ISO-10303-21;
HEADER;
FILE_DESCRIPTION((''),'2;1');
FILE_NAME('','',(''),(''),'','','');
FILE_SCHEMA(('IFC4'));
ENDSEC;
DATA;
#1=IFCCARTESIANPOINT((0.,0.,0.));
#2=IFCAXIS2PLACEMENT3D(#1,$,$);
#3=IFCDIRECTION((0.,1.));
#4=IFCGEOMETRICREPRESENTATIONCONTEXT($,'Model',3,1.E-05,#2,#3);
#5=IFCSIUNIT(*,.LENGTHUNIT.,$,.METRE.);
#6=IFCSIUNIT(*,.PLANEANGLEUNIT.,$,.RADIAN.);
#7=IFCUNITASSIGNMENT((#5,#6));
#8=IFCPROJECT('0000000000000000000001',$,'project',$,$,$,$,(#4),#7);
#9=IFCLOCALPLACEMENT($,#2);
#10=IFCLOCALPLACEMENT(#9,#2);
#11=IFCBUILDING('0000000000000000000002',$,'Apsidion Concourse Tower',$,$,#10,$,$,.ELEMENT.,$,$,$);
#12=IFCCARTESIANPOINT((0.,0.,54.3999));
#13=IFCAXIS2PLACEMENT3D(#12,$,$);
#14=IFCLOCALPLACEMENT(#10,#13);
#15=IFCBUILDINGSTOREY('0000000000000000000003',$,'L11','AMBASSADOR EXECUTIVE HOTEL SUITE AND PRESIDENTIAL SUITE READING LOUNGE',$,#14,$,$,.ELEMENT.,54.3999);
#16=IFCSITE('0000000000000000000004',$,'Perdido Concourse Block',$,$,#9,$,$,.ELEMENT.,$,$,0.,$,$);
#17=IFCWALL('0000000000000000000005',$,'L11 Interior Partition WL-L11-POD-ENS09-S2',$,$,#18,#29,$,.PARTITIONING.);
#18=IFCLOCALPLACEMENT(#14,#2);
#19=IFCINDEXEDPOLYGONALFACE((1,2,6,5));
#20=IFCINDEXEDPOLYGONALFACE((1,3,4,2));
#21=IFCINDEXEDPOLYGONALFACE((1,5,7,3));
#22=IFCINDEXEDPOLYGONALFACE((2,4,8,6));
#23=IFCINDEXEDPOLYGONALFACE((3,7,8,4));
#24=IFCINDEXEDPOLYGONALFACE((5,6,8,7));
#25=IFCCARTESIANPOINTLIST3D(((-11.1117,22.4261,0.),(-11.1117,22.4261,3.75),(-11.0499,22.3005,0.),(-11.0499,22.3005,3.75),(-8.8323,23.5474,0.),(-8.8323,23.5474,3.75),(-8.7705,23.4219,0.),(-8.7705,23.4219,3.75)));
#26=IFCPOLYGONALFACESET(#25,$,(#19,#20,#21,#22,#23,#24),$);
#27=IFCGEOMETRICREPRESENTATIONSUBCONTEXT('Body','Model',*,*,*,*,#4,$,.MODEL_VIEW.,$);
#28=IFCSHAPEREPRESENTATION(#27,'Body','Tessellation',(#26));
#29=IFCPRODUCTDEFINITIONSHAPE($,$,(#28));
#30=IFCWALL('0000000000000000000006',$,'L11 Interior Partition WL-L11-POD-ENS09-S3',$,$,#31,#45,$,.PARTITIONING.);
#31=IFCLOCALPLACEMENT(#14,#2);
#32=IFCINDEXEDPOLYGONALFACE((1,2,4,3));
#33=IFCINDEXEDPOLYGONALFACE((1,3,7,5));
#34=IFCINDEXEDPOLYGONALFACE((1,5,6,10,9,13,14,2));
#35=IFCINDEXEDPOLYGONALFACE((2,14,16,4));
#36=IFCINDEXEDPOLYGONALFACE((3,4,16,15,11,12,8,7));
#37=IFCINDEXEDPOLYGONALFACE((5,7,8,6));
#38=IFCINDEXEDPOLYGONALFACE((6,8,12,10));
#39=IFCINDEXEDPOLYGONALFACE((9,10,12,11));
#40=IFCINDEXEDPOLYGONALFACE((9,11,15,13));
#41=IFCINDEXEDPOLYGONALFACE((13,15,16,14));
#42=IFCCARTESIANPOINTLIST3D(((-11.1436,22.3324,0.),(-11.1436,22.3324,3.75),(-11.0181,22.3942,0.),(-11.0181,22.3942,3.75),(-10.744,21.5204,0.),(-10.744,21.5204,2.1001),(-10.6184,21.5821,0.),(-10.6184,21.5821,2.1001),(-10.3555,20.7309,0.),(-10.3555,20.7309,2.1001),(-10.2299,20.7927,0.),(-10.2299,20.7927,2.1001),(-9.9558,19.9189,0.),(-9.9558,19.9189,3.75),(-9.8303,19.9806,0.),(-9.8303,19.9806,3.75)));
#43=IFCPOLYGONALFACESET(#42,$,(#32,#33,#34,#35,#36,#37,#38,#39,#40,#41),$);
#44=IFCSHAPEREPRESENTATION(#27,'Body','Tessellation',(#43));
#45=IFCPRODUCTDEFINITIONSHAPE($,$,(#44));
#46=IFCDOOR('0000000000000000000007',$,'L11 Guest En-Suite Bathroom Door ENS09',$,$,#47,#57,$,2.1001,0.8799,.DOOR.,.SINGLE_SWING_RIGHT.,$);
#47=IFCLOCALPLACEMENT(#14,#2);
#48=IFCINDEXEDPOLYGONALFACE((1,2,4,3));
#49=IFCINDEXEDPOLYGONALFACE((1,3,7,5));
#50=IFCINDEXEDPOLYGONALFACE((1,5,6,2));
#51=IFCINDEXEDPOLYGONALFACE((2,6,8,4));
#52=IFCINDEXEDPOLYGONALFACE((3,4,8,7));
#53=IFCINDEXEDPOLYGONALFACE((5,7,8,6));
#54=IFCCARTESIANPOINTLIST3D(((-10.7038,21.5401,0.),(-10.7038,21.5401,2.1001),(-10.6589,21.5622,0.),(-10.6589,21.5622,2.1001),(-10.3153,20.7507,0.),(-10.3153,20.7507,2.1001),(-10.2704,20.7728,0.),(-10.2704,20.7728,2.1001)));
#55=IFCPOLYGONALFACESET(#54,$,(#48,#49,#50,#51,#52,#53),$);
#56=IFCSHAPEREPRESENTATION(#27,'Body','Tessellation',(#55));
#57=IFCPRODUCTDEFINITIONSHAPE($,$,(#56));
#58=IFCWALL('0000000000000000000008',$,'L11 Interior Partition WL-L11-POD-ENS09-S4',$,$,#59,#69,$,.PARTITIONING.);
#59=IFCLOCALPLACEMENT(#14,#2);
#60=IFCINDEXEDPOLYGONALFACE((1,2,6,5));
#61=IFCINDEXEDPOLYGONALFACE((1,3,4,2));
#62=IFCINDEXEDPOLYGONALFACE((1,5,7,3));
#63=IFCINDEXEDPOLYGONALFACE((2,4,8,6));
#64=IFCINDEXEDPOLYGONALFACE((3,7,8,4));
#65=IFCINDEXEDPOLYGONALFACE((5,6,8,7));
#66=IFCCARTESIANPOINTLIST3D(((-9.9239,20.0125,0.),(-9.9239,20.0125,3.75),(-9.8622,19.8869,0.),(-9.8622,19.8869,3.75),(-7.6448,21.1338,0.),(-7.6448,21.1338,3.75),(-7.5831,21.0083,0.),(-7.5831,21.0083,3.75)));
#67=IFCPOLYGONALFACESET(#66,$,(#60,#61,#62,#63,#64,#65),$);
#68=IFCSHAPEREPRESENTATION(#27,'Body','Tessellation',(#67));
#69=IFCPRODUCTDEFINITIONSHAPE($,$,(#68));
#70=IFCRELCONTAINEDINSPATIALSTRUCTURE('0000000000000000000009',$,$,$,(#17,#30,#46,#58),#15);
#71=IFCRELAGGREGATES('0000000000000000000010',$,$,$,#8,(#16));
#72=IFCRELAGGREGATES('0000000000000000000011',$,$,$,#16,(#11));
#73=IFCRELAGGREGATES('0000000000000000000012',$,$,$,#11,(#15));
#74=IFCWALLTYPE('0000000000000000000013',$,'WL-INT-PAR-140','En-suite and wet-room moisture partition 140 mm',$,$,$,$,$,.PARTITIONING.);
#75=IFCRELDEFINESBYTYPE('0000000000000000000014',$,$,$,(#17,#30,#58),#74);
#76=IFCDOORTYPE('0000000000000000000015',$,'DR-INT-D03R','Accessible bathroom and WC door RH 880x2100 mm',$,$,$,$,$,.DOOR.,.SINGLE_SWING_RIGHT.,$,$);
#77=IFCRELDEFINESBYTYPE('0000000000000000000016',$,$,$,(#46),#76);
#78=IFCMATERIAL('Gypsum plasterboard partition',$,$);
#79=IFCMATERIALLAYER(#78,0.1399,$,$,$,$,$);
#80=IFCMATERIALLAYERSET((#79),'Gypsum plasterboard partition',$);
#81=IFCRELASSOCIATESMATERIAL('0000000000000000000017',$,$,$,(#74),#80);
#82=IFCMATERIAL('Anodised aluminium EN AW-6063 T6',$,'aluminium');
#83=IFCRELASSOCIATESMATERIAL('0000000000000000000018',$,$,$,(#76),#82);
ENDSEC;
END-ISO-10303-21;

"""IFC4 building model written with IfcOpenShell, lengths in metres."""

from ifc_helpers import new_model, si_unit, direction, frame, frame_2d, origin, place, context, subcontext, project, spatial, rectangle, extrude, material, layer, layer_set, type_object, element, fill, save


model = new_model("IFC4")

# Units and contexts
model_context = context("Model", 3, precision=1e-05, world=origin(), true_north=direction((0.0, 1.0)))
body_context = subcontext(model_context, "Body", "Model", "MODEL_VIEW")
ifc_project = project(units=[si_unit("LENGTHUNIT", "METRE"), si_unit("PLANEANGLEUNIT", "RADIAN")], contexts=[model_context])

# Site, building, storey
site_placement = place(None, origin())
site = spatial("IfcSite", under=ifc_project, at=site_placement, Name="Perdido Concourse Block", CompositionType="ELEMENT", RefElevation=0.0)
building_placement = place(site_placement, origin())
building = spatial("IfcBuilding", under=site, at=building_placement, Name="Apsidion Concourse Tower", CompositionType="ELEMENT")
storey_placement = place(building_placement, frame((0.0, 0.0, 54.3999)))
storey = spatial("IfcBuildingStorey", under=building, at=storey_placement, Name="L11", Description="AMBASSADOR EXECUTIVE HOTEL SUITE AND PRESIDENTIAL SUITE READING LOUNGE", CompositionType="ELEMENT", Elevation=54.3999)

# Shared definitions
ifc_material_1 = material(Name="Gypsum plasterboard partition")
ifc_layer_1 = layer(ifc_material_1, 0.1399)
ifc_layer_set_1 = layer_set([ifc_layer_1], Name="Gypsum plasterboard partition")
wall_type_1 = type_object("IfcWallType", Name="WL-INT-PAR-140", Description="En-suite and wet-room moisture partition 140 mm", PredefinedType="PARTITIONING", material=ifc_layer_set_1)
ifc_material_2 = material(Name="Anodised aluminium EN AW-6063 T6", Category="aluminium")

# Wall
wall_1_placement = place(storey_placement, frame((-8.8015, 23.4846, 0.0), z_axis=(0.0, 0.0, 1.0), x_axis=(-0.897292, -0.441438, 0.0)))
element("IfcWall", 1, at=wall_1_placement, inside=storey, type_object=wall_type_1, Name="L11 Interior Partition WL-L11-POD-ENS09-S2", PredefinedType="PARTITIONING", context=body_context, shape_type="SweptSolid", body=[
    extrude(rectangle(XDim=2.5403, YDim=0.1399, at=frame_2d((1.27, 0.0))), origin(), (0.0, 0.0, 1.0), 3.75),
])

# Wall, opening, door
wall_2_placement = place(storey_placement, frame((-11.0808, 22.3633, 0.0), z_axis=(0.0, 0.0, 1.0), x_axis=(0.441541, -0.897241, 0.0)))
wall_2 = element("IfcWall", 2, at=wall_2_placement, inside=storey, type_object=wall_type_1, Name="L11 Interior Partition WL-L11-POD-ENS09-S3", PredefinedType="PARTITIONING", context=body_context, shape_type="SweptSolid", body=[
    extrude(rectangle(XDim=2.6899, YDim=0.1399, at=frame_2d((1.345, 0.0))), origin(), (0.0, 0.0, 1.0), 3.75),
])
opening_1_placement = place(wall_2_placement, frame((0.905, 0.0, 0.0)))
opening_1 = element("IfcOpeningElement", 3, at=opening_1_placement, cuts=wall_2, PredefinedType="OPENING", context=body_context, shape_type="SweptSolid", body=[
    extrude(rectangle(XDim=0.8799, YDim=2.1001, at=frame_2d((0.4399, 1.05))), frame((0.0, 0.0801, 0.0), z_axis=(0.0, -1.0, 0.0), x_axis=(1.0, 0.0, 0.0)), (0.0, 0.0, 1.0), 0.1599),
])
door_type_1 = type_object("IfcDoorType", Name="DR-INT-D03R", Description="Accessible bathroom and WC door RH 880x2100 mm", OperationType="SINGLE_SWING_RIGHT", PredefinedType="DOOR", material=ifc_material_2)
door_1_placement = place(opening_1_placement, origin())
door_1 = element("IfcDoor", 4, at=door_1_placement, inside=storey, type_object=door_type_1, Name="L11 Guest En-Suite Bathroom Door ENS09", OperationType="SINGLE_SWING_RIGHT", OverallHeight=2.1001, OverallWidth=0.8799, PredefinedType="DOOR", context=body_context, shape_type="SweptSolid", body=[
    extrude(rectangle(XDim=0.8799, YDim=2.1001, at=frame_2d((0.4399, 1.05))), frame((0.0, 0.0249, 0.0), z_axis=(0.0, -1.0, 0.0), x_axis=(1.0, 0.0, 0.0)), (0.0, 0.0, 1.0), 0.05),
])
fill(opening_1, door_1)

# Wall
wall_3_placement = place(storey_placement, frame((-9.8931, 19.9497, 0.0), z_axis=(0.0, 0.0, 1.0), x_axis=(0.897273, 0.441476, 0.0)))
element("IfcWall", 5, at=wall_3_placement, inside=storey, type_object=wall_type_1, Name="L11 Interior Partition WL-L11-POD-ENS09-S4", PredefinedType="PARTITIONING", context=body_context, shape_type="SweptSolid", body=[
    extrude(rectangle(XDim=2.54, YDim=0.1399, at=frame_2d((1.27, 0.0))), origin(), (0.0, 0.0, 1.0), 3.75),
])

save(model, "model.ifc")
